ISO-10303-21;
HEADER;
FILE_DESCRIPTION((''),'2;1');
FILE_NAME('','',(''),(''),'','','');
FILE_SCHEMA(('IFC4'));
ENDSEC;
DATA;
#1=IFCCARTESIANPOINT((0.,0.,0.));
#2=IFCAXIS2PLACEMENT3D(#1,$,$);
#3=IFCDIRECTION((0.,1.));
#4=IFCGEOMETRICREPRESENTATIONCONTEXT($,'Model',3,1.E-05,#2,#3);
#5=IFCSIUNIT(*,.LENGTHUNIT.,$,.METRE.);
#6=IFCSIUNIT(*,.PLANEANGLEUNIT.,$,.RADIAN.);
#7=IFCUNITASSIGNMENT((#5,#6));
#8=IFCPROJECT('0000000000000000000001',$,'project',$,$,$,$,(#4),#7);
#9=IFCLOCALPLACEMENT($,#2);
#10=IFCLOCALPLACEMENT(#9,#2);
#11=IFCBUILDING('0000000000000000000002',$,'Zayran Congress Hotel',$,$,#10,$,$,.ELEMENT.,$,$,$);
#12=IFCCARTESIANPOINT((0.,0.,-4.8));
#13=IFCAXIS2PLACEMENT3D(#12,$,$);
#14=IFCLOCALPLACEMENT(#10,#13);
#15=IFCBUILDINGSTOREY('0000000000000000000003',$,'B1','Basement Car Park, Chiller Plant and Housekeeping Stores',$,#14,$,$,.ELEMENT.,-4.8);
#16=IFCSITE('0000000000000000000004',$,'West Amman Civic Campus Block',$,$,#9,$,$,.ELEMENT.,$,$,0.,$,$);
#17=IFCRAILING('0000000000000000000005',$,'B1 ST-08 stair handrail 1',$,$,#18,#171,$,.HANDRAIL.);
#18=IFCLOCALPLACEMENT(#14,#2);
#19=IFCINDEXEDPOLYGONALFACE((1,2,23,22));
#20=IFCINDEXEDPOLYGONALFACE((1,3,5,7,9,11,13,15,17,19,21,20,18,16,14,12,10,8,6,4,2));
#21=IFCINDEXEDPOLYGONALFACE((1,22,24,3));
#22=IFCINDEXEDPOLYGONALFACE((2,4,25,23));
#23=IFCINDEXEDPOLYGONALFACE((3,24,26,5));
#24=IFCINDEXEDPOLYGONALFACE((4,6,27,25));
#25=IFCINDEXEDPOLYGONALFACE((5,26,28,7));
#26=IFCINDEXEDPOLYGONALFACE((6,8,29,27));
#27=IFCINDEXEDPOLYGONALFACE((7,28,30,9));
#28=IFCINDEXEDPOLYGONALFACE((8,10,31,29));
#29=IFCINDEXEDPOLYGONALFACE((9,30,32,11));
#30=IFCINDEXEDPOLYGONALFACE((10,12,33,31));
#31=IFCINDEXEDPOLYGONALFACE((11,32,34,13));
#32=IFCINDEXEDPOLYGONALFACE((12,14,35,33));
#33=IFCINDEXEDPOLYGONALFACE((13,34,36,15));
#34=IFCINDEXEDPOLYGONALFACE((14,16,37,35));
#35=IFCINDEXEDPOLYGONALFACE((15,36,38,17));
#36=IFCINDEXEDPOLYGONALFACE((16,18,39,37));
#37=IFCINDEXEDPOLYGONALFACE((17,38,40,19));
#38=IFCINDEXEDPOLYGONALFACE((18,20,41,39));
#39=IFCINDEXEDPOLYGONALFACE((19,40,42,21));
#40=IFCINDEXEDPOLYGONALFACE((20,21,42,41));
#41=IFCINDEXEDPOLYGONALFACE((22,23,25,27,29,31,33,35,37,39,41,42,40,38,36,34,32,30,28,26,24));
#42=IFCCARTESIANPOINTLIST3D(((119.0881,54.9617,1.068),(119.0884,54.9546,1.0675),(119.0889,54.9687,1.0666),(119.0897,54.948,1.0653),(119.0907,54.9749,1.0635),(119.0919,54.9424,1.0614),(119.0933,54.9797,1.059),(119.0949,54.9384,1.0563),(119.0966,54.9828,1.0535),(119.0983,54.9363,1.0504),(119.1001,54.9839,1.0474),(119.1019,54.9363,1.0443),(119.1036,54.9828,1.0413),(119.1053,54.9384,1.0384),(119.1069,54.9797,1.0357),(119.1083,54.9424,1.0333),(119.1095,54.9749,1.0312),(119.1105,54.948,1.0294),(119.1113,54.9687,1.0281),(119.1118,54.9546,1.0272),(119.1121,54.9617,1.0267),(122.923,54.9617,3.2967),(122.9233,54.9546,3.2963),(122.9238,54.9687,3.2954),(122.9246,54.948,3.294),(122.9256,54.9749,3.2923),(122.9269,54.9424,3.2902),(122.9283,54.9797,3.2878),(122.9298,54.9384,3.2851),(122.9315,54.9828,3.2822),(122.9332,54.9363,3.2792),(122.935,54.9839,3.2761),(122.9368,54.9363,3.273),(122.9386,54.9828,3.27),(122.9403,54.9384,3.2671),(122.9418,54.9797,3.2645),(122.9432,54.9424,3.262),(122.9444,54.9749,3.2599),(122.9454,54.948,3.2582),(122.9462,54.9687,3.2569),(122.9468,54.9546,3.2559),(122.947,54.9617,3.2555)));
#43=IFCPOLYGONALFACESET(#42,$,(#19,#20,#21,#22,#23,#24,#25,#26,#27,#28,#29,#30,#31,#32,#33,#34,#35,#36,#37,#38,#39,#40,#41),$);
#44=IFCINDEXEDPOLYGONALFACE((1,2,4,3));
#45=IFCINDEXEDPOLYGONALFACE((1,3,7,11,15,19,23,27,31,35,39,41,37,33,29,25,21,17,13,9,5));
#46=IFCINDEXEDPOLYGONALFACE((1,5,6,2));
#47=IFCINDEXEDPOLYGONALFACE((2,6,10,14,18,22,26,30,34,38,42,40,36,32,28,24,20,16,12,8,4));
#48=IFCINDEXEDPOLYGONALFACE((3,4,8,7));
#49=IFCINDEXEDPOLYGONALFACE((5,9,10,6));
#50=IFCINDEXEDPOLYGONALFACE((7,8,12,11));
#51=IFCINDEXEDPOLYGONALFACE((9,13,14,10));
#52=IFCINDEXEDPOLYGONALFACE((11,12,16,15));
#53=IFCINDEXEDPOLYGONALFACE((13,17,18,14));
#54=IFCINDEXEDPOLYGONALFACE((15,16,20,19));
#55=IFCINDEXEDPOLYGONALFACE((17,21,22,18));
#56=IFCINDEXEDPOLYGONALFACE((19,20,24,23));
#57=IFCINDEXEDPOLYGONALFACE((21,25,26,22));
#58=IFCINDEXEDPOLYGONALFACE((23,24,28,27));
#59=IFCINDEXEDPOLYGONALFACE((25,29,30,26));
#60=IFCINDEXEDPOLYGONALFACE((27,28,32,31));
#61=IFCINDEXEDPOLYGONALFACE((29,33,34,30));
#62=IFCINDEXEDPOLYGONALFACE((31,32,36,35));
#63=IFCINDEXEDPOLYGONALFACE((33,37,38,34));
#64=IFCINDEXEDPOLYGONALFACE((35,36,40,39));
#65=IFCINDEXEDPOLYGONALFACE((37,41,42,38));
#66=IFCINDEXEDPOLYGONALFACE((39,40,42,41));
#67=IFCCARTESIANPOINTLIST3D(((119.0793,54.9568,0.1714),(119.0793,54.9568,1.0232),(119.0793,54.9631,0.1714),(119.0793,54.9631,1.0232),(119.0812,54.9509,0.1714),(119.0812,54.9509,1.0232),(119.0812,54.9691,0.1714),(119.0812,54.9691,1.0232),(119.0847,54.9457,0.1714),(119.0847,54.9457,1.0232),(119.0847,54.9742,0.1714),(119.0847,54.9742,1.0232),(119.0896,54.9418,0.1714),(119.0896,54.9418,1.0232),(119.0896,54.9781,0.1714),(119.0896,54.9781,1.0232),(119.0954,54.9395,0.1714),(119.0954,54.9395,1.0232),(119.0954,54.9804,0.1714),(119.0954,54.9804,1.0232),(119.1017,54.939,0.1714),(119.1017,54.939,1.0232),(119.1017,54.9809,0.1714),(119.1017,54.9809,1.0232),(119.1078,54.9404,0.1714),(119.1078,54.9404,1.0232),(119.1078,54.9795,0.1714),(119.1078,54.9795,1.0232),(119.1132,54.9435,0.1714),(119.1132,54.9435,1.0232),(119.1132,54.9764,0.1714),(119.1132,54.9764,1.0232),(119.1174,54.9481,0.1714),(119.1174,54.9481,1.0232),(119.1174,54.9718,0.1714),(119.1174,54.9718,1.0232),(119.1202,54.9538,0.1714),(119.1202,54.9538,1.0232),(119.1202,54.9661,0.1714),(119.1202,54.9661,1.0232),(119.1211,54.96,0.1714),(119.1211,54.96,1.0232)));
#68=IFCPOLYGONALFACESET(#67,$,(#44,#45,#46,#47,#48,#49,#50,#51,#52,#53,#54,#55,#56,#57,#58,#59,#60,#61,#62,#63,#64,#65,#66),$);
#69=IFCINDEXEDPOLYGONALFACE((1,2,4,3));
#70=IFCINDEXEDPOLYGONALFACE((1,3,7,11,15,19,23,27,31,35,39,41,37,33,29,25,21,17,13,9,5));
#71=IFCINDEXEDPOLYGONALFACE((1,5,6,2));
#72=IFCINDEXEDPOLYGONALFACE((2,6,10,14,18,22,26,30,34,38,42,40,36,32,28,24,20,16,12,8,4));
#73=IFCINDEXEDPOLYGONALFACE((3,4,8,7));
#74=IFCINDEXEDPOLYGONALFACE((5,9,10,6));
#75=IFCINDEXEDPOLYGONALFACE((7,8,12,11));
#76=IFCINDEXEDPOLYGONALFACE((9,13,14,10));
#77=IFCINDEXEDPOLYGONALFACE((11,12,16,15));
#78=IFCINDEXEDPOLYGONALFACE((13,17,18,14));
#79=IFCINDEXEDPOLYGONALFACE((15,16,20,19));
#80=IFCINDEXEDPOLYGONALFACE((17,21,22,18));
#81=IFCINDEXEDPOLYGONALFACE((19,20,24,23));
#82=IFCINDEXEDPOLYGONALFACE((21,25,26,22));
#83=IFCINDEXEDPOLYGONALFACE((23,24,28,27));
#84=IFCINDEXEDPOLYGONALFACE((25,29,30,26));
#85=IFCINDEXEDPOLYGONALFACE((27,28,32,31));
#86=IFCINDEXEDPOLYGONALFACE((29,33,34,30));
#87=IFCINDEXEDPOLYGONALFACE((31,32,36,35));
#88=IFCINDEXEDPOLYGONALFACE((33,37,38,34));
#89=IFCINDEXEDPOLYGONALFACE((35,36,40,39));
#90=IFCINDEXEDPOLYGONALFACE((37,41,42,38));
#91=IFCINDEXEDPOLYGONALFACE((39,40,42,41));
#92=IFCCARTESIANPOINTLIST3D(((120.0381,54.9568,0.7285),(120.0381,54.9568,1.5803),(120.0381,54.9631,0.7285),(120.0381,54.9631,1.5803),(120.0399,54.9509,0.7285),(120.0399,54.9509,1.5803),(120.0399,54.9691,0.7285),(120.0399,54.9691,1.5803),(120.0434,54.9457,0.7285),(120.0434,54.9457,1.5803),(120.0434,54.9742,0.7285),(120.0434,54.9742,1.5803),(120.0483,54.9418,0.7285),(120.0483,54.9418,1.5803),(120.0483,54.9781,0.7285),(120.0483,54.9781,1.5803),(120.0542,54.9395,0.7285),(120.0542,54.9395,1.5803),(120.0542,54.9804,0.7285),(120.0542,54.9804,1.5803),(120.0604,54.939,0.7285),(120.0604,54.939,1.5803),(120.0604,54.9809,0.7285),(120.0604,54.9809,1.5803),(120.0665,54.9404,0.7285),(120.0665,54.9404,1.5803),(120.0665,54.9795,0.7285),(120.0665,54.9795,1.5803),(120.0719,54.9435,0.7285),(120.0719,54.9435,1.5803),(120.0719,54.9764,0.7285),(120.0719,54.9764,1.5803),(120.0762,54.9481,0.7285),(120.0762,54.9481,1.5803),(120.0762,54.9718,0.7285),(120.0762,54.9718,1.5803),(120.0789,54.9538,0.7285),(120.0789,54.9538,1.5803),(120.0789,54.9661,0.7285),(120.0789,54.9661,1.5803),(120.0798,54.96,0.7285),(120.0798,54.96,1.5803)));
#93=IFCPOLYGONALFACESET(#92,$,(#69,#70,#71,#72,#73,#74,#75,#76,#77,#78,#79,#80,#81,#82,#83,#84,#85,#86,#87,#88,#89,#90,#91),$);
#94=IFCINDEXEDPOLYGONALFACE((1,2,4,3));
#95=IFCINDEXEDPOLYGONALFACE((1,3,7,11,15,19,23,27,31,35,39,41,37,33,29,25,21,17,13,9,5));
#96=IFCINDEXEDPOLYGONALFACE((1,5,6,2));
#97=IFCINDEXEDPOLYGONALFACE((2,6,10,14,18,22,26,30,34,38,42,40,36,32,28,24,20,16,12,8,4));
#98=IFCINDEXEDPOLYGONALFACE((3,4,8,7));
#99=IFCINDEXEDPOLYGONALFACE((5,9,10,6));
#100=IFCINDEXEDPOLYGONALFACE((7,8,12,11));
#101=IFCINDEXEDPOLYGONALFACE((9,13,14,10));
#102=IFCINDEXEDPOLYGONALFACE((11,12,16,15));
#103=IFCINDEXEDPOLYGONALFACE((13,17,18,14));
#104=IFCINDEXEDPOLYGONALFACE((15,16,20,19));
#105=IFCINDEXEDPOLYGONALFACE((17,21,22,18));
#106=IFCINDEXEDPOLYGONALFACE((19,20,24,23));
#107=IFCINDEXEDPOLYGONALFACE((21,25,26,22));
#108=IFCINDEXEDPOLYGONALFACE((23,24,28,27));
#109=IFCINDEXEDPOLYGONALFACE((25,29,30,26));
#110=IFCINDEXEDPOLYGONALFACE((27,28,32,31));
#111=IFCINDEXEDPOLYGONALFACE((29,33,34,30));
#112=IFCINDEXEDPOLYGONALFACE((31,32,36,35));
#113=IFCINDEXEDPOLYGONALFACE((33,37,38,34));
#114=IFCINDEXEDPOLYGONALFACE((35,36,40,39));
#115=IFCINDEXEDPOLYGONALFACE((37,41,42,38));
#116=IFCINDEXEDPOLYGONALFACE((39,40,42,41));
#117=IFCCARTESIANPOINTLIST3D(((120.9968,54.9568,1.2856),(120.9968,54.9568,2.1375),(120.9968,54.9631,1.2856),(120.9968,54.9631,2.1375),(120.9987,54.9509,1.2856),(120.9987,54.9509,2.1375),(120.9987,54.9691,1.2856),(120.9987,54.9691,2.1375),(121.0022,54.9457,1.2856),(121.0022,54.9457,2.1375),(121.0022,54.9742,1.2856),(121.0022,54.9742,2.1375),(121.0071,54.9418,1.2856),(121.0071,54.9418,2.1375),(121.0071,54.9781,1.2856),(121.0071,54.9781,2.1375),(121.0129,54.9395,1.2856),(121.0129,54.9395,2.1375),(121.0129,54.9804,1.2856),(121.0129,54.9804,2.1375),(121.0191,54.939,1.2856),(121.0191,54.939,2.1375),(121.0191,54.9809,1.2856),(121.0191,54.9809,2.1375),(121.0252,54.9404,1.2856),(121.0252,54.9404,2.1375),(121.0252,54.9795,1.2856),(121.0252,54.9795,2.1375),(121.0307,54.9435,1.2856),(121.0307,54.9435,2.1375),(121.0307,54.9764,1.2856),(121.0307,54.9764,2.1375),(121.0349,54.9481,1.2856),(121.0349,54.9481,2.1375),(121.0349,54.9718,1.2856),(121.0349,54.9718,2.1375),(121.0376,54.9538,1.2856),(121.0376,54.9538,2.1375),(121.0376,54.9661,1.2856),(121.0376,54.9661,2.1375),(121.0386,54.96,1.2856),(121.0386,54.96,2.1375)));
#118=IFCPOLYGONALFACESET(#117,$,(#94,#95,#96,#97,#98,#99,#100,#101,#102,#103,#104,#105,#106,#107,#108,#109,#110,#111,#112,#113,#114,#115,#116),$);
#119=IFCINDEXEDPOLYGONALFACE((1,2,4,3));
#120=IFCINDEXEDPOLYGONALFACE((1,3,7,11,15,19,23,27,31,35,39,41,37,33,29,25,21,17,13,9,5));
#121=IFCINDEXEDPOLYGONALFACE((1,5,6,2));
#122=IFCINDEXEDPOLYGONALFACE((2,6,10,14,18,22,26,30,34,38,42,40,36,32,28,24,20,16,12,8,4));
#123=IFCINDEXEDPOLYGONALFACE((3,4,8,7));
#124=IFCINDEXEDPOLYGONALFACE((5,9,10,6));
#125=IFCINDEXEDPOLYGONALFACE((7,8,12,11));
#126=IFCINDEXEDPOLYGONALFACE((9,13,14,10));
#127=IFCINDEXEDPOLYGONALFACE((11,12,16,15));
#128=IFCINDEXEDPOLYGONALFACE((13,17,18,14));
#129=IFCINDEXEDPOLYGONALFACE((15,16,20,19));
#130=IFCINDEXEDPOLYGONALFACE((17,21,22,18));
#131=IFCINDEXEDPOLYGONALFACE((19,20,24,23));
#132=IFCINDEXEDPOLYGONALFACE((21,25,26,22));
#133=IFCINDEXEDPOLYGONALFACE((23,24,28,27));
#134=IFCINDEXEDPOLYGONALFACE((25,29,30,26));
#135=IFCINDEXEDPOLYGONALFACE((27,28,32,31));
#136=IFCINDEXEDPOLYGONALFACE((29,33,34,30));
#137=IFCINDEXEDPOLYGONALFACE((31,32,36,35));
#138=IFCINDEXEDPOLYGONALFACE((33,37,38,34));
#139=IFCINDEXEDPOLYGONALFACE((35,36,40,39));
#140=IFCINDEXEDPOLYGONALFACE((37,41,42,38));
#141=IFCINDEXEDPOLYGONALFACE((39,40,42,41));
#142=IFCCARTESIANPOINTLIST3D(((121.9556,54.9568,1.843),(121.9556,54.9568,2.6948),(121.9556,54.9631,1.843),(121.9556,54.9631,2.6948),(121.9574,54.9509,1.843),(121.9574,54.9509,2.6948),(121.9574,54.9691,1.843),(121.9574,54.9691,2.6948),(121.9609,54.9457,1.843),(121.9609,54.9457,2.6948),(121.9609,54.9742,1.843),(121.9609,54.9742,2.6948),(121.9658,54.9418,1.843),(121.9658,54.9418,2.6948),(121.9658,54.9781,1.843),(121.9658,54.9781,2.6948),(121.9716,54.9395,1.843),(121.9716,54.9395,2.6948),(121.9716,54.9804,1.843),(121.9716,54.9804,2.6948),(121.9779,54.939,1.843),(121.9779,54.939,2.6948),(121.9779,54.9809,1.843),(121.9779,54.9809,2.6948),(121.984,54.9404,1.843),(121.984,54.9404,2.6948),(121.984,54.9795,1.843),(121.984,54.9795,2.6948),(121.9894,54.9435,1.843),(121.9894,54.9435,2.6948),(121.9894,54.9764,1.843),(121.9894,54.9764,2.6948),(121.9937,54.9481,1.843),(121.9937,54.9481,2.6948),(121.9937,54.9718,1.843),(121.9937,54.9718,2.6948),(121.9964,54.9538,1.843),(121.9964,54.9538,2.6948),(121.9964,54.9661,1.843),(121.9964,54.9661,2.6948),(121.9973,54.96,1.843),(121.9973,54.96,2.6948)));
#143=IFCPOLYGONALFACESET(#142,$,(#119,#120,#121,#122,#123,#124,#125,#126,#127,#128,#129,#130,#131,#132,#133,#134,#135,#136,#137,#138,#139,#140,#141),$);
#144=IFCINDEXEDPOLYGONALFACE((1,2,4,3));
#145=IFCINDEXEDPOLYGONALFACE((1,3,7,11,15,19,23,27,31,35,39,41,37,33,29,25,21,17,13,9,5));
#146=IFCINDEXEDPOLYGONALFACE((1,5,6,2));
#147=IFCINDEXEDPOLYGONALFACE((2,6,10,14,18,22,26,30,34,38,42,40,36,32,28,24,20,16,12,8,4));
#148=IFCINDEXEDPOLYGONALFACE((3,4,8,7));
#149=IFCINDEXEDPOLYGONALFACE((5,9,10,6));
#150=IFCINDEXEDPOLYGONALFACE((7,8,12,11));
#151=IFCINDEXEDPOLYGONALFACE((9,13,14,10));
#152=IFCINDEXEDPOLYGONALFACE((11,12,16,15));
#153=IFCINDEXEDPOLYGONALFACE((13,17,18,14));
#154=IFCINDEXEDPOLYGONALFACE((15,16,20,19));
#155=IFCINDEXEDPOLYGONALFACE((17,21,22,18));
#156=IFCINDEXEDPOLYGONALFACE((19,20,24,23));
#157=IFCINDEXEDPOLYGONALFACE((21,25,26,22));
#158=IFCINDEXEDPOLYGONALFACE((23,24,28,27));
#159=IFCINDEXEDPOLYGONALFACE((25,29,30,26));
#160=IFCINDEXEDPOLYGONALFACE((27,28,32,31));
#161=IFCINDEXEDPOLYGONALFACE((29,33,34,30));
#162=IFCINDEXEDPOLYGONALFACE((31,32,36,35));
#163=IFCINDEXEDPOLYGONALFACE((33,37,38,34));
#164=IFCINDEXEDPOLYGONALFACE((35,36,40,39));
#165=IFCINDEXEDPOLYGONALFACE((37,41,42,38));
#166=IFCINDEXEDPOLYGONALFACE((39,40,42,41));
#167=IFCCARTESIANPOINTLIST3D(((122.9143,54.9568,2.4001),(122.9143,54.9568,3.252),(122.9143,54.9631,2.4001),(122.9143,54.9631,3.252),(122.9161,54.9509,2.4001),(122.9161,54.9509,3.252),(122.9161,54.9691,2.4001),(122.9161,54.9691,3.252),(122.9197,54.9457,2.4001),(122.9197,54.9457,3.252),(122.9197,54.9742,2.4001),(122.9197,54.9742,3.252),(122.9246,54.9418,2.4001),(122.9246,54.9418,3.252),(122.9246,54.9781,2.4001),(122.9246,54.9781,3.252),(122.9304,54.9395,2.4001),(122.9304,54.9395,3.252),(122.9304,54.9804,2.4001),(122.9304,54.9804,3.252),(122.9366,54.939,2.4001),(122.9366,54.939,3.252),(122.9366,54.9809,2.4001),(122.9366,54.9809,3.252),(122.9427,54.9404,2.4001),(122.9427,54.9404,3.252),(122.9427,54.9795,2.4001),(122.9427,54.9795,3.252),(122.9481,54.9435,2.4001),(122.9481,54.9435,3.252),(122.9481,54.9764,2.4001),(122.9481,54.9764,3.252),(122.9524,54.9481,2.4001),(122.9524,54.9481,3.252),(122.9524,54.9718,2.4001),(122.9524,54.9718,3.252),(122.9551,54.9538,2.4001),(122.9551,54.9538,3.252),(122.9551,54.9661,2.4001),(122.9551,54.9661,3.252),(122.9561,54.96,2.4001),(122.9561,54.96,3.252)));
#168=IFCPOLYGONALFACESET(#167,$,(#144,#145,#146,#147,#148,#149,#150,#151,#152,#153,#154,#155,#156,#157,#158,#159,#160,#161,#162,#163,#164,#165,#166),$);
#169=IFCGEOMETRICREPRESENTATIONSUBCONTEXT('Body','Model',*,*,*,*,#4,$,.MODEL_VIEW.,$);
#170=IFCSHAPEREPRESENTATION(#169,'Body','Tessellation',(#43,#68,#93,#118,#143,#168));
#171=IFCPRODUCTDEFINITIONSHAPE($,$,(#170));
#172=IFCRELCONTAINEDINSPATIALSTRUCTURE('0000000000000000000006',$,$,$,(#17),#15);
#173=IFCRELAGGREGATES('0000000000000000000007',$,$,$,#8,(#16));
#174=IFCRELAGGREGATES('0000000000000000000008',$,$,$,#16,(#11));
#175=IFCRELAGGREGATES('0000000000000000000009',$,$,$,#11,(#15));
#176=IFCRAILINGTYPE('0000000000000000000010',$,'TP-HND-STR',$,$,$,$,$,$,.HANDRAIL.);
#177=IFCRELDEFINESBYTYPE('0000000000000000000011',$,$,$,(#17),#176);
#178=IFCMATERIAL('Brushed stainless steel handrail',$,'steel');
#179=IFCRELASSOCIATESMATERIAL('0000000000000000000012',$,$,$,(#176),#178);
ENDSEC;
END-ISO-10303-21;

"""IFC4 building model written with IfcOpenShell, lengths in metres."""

from ifc_helpers import new_model, si_unit, direction, frame, origin, origin_2d, place, context, subcontext, project, spatial, circle, extrude, material, type_object, element, save


model = new_model("IFC4")

# Units and contexts
model_context = context("Model", 3, precision=1e-05, world=origin(), true_north=direction((0.0, 1.0)))
body_context = subcontext(model_context, "Body", "Model", "MODEL_VIEW")
ifc_project = project(units=[si_unit("LENGTHUNIT", "METRE"), si_unit("PLANEANGLEUNIT", "RADIAN")], contexts=[model_context])

# Site, building, storey
site_placement = place(None, origin())
site = spatial("IfcSite", under=ifc_project, at=site_placement, Name="West Amman Civic Campus Block", CompositionType="ELEMENT", RefElevation=0.0)
building_placement = place(site_placement, origin())
building = spatial("IfcBuilding", under=site, at=building_placement, Name="Zayran Congress Hotel", CompositionType="ELEMENT")
storey_placement = place(building_placement, frame((0.0, 0.0, -4.8)))
storey = spatial("IfcBuildingStorey", under=building, at=storey_placement, Name="B1", Description="Basement Car Park, Chiller Plant and Housekeeping Stores", CompositionType="ELEMENT", Elevation=-4.8)

# Railing
ifc_material_1 = material(Name="Brushed stainless steel handrail", Category="steel")
railing_type_1 = type_object("IfcRailingType", Name="TP-HND-STR", PredefinedType="HANDRAIL", material=ifc_material_1)
railing_1_placement = place(storey_placement, frame((119.1001, 54.96, 0.1714)))
element("IfcRailing", 1, at=railing_1_placement, inside=storey, type_object=railing_type_1, Name="B1 ST-08 stair handrail 1", PredefinedType="HANDRAIL", context=body_context, shape_type="SweptSolid", body=[
    extrude(circle(Radius=0.0239, at=origin_2d()), frame((0.0, 0.0, 0.876), z_axis=(0.864592, 0.0, 0.502474), x_axis=(0.0, 1.0, 0.0)), (0.0, 0.0, 1.0), 4.4355),
    extrude(circle(Radius=0.021, at=origin_2d()), origin(), (0.0, 0.0, 1.0), 0.8518),
    extrude(circle(Radius=0.021, at=origin_2d()), frame((0.9587, 0.0, 0.5571)), (0.0, 0.0, 1.0), 0.8518),
    extrude(circle(Radius=0.021, at=origin_2d()), frame((1.9175, 0.0, 1.1143)), (0.0, 0.0, 1.0), 0.8518),
    extrude(circle(Radius=0.021, at=origin_2d()), frame((2.8762, 0.0, 1.6716)), (0.0, 0.0, 1.0), 0.8518),
    extrude(circle(Radius=0.021, at=origin_2d()), frame((3.835, 0.0, 2.2288)), (0.0, 0.0, 1.0), 0.8518),
])

save(model, "model.ifc")
